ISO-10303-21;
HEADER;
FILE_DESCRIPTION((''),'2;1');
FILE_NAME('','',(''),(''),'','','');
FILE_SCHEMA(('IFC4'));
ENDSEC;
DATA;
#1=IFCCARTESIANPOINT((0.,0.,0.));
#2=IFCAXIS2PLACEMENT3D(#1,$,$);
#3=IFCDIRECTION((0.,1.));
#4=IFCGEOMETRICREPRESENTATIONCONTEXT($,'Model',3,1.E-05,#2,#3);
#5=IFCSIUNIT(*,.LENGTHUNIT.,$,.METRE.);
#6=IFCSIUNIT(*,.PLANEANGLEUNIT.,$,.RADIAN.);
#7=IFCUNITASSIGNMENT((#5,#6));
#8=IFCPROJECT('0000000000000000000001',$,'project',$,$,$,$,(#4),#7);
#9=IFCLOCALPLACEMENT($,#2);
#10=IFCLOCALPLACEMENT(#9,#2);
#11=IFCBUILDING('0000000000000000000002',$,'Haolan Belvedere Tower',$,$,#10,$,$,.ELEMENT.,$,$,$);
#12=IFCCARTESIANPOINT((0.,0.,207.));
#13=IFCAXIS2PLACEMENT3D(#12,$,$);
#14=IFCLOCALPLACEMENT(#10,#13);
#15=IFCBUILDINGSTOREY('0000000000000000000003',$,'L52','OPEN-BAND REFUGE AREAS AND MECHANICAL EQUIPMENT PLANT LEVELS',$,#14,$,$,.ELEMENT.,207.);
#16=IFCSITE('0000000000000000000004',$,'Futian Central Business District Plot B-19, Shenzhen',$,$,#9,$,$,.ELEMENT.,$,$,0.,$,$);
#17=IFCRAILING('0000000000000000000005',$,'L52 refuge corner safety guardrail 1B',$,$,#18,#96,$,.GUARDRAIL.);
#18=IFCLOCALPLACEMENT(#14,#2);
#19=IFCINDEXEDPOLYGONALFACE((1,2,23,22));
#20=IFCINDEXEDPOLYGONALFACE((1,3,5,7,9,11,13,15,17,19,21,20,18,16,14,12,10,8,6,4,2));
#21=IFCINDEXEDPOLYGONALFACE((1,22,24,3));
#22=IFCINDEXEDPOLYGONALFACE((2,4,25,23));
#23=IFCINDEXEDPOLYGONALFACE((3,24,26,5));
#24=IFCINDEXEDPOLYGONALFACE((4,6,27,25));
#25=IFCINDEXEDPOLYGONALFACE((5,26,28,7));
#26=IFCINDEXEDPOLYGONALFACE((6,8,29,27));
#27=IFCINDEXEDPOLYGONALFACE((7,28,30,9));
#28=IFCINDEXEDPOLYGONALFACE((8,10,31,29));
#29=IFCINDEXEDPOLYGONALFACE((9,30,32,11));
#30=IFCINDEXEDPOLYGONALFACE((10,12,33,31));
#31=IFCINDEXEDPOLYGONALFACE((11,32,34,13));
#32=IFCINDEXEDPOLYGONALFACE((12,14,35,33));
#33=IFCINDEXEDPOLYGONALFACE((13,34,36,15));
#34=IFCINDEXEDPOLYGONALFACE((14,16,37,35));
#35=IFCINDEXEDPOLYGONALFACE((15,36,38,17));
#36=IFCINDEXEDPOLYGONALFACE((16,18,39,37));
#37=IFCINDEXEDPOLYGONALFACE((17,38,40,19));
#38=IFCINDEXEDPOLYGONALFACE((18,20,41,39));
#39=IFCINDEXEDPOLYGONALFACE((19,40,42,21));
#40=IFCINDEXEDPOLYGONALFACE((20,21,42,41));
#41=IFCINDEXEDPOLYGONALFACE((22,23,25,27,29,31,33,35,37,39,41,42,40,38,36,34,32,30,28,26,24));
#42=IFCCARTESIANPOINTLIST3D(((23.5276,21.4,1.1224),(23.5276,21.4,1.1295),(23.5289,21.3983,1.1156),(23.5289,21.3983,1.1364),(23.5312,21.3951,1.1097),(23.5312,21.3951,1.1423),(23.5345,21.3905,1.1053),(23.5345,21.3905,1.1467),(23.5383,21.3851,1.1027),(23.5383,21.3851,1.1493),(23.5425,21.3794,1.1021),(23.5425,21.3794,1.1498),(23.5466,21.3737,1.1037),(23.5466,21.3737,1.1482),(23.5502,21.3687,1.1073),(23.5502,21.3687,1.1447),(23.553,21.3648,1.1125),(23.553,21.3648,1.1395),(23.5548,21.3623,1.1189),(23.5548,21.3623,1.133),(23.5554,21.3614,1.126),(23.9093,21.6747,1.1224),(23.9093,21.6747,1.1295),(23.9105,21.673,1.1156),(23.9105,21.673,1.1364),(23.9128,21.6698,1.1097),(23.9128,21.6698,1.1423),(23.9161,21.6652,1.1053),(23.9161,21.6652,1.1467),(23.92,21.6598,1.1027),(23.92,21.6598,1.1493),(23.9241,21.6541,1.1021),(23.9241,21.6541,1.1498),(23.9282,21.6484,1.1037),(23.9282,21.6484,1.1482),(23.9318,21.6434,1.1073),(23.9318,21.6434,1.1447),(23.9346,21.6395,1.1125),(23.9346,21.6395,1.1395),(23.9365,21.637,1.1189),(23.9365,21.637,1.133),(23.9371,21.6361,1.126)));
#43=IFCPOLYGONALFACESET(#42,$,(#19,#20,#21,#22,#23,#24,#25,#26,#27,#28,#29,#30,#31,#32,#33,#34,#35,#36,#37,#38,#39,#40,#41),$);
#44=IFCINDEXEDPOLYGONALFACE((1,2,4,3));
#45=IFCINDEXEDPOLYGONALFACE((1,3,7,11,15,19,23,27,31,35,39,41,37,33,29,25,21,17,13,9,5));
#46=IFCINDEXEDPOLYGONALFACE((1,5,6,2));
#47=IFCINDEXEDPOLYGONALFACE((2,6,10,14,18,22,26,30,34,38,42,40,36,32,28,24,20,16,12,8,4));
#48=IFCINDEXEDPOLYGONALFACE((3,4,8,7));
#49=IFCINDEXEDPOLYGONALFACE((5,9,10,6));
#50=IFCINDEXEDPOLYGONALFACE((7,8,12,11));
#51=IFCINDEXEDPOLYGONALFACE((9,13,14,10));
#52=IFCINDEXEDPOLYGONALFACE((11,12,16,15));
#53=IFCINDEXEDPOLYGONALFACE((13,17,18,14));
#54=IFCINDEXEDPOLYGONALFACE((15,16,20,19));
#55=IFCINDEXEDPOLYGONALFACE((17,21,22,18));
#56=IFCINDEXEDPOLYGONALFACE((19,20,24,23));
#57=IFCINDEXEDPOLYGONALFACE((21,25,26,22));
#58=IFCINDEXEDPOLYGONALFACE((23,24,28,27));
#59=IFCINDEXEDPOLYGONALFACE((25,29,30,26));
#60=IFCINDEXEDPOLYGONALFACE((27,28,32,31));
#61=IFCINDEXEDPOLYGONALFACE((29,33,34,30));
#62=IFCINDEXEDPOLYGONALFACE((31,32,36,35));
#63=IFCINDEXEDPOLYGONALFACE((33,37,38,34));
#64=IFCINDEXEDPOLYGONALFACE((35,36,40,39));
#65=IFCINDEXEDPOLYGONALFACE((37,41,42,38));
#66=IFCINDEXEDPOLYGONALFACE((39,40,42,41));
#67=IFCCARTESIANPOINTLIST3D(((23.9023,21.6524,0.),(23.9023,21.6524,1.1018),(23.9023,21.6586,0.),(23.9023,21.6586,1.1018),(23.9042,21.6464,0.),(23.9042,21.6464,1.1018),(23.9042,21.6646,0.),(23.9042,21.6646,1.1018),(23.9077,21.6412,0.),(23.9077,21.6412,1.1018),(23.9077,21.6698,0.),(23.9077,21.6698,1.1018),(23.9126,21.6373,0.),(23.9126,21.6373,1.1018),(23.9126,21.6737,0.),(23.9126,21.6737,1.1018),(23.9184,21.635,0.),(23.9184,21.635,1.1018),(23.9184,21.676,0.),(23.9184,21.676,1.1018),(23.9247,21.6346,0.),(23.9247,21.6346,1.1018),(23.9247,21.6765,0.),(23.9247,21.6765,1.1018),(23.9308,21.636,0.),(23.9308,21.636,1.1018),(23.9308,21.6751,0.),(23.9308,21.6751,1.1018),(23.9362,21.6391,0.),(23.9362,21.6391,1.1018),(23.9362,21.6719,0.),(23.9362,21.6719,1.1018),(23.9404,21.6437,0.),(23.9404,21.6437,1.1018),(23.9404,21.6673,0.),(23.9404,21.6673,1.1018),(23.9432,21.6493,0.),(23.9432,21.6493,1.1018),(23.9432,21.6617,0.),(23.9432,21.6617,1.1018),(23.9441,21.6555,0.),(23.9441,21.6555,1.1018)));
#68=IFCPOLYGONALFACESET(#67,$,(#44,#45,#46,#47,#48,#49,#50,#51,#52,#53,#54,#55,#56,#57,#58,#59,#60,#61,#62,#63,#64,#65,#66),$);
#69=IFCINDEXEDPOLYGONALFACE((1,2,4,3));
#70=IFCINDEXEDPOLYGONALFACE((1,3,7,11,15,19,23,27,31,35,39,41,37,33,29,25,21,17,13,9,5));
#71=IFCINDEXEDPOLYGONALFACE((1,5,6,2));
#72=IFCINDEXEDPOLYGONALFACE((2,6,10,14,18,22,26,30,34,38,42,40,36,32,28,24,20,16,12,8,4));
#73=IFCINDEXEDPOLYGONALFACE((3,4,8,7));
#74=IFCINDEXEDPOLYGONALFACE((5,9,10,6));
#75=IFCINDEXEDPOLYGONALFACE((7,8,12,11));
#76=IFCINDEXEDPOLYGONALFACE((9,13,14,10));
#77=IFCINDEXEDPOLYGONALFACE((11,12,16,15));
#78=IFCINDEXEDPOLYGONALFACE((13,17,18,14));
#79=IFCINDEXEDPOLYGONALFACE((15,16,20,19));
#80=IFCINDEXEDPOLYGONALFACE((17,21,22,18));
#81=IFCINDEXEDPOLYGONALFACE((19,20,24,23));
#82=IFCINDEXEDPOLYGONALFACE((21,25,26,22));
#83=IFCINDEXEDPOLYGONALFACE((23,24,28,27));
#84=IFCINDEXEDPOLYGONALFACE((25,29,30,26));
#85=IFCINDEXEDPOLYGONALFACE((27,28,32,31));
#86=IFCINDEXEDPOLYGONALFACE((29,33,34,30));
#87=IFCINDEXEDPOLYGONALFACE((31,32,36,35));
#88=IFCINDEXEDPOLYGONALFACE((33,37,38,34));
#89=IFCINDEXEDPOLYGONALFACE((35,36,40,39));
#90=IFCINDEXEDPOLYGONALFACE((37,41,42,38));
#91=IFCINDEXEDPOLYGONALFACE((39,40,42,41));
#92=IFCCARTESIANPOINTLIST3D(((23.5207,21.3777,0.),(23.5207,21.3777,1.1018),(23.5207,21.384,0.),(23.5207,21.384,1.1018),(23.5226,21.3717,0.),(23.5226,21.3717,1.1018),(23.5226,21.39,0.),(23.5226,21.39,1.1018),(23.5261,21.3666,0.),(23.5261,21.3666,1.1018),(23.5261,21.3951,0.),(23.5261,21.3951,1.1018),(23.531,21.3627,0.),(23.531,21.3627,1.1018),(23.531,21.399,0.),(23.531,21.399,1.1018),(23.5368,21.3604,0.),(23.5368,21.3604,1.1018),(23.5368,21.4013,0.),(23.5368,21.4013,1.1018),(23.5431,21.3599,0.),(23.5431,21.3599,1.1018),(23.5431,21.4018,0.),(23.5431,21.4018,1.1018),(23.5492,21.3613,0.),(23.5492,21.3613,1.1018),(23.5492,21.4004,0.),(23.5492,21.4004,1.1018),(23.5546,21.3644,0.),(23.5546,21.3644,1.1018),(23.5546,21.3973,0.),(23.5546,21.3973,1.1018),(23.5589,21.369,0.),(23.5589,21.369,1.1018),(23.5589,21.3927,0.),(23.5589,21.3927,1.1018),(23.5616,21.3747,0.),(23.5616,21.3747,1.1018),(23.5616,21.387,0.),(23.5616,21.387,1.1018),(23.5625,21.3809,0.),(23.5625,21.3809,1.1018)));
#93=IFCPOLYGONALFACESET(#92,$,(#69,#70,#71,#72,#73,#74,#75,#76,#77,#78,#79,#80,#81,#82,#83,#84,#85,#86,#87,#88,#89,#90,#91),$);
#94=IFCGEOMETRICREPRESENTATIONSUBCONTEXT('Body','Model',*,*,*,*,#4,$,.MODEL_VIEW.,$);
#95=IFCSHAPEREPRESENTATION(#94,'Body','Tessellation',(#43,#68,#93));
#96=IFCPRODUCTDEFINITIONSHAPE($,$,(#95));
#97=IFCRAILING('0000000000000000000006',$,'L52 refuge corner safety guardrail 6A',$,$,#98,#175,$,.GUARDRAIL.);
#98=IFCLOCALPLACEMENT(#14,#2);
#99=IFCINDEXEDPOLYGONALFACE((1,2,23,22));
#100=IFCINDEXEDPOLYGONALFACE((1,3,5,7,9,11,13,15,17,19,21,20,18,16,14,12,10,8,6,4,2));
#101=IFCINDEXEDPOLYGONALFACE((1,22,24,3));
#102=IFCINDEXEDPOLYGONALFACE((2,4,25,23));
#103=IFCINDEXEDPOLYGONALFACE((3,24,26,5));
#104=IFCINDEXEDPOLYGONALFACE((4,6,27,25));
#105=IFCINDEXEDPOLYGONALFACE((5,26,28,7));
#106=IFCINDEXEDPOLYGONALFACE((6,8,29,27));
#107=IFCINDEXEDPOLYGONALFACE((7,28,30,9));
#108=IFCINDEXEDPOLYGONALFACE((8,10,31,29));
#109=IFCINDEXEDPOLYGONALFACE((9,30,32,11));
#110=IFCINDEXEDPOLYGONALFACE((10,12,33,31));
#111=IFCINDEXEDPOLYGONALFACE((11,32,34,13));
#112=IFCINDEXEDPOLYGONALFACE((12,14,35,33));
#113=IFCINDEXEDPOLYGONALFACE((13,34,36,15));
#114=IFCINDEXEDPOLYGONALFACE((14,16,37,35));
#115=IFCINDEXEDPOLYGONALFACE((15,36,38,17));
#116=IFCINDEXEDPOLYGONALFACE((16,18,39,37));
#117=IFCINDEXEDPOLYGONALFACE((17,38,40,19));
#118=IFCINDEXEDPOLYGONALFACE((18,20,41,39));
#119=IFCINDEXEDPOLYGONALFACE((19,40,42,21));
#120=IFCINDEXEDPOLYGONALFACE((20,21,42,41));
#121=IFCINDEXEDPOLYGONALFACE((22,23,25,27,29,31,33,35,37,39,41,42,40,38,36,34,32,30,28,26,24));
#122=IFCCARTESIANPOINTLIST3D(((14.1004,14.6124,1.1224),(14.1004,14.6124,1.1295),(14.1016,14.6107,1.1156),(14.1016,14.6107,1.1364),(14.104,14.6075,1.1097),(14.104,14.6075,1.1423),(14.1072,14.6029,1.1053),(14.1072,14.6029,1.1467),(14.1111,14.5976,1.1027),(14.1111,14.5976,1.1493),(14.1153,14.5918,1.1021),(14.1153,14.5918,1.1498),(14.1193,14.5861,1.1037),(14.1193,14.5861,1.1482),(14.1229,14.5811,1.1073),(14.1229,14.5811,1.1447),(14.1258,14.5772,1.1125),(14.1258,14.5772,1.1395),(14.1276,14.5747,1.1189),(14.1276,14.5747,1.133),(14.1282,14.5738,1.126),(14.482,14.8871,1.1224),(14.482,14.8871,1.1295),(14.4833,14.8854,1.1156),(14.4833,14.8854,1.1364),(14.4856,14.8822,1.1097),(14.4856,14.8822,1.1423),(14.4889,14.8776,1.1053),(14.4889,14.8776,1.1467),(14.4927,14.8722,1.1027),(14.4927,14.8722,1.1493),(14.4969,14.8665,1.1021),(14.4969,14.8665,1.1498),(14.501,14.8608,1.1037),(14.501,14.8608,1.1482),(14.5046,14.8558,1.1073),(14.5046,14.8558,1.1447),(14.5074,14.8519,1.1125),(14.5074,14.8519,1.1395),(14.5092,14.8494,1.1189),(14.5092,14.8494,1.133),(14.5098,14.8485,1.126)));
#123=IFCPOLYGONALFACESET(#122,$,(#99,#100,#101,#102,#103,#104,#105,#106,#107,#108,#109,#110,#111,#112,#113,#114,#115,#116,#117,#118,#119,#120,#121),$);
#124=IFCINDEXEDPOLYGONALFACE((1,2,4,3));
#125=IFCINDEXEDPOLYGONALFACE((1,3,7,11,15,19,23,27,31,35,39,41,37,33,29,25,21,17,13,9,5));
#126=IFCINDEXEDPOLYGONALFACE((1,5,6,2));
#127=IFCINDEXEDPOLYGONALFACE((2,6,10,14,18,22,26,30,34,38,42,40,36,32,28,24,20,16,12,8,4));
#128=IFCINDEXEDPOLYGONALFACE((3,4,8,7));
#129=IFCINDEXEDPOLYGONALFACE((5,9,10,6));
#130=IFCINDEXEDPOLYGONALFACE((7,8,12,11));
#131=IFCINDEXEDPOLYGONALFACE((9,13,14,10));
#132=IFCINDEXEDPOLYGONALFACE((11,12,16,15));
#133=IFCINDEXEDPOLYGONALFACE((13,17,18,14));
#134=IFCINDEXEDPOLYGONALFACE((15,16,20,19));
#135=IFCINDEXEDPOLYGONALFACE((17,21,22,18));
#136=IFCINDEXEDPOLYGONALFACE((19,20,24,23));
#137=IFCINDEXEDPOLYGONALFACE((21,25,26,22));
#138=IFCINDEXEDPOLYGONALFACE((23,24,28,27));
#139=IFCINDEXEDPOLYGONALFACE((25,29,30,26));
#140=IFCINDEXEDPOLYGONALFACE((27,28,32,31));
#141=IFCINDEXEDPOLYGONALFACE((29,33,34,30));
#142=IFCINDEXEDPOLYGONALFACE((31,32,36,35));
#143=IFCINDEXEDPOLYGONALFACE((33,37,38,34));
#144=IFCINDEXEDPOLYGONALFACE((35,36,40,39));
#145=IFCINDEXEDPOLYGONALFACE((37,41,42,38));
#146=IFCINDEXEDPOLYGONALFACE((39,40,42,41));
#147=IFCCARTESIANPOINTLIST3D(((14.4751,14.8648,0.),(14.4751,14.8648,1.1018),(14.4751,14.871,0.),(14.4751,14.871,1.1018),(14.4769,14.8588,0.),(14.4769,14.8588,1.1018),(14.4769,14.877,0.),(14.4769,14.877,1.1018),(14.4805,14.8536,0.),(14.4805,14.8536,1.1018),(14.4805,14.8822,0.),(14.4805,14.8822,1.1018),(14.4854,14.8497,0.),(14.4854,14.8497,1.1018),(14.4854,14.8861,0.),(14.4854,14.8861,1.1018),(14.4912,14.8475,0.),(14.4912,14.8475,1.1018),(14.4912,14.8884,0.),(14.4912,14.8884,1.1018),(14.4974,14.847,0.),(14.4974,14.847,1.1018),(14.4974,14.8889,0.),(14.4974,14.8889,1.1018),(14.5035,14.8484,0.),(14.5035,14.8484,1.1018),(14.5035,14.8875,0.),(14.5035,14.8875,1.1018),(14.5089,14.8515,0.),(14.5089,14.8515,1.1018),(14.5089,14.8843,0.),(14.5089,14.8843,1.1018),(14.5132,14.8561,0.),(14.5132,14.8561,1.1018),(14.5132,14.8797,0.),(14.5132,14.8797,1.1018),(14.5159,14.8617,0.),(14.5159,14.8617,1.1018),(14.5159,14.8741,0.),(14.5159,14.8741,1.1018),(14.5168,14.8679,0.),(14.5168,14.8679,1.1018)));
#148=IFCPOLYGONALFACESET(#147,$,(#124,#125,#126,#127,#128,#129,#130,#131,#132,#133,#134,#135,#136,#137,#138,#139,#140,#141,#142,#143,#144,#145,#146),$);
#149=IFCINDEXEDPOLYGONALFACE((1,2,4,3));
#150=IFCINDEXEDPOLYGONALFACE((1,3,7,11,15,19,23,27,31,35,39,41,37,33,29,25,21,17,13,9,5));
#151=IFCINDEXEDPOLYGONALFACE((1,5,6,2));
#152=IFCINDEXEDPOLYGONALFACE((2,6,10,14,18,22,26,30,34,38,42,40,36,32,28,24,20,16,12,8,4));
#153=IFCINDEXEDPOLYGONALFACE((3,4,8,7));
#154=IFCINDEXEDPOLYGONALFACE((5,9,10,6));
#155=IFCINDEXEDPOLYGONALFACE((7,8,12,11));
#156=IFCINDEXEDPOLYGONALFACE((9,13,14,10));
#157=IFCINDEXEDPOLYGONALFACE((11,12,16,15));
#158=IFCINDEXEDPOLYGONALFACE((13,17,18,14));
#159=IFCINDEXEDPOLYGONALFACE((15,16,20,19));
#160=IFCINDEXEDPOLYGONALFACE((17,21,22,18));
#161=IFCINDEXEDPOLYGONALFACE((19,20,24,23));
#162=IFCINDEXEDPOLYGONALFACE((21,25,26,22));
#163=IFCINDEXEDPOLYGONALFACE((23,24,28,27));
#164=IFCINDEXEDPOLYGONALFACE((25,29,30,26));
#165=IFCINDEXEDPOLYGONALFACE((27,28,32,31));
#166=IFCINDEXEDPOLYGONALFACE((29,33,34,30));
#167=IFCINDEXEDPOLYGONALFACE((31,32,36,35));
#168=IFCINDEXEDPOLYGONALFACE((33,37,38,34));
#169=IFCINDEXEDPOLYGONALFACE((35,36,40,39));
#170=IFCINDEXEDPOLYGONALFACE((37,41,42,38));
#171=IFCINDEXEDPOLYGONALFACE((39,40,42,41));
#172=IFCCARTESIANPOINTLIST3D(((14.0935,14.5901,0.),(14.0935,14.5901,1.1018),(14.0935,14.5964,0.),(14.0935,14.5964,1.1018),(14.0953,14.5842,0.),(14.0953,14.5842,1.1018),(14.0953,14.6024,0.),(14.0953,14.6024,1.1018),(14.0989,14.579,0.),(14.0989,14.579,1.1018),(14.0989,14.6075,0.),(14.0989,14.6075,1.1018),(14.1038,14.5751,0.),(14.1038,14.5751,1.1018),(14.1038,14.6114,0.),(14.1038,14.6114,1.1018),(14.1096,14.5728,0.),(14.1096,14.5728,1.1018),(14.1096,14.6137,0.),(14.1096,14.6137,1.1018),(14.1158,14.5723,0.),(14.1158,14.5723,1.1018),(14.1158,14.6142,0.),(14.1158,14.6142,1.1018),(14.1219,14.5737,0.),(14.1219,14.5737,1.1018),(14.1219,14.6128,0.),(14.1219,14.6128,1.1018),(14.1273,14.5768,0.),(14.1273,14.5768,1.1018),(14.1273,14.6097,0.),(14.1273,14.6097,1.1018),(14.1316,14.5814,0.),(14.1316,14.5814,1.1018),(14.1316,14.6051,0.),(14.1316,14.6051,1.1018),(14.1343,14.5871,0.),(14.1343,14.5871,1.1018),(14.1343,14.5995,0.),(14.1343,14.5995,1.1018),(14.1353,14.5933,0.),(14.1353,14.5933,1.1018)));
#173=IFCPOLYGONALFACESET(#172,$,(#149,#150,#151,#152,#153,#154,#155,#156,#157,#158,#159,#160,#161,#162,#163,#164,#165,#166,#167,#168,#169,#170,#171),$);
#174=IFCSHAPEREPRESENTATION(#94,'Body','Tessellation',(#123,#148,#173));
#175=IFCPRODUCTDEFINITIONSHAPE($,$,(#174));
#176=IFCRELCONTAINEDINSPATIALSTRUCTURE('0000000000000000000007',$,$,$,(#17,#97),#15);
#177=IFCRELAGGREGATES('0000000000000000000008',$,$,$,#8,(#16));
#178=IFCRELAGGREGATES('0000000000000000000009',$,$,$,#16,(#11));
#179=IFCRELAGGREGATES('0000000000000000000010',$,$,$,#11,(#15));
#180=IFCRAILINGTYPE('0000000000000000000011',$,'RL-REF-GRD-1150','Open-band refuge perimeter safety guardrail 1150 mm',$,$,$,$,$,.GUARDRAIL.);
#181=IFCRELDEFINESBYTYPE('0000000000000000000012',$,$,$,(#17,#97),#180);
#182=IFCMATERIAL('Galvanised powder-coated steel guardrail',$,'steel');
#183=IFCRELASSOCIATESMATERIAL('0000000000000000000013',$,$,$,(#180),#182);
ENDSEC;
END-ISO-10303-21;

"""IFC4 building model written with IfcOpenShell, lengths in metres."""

from ifc_helpers import new_model, si_unit, direction, frame, origin, origin_2d, place, context, subcontext, project, spatial, circle, extrude, material, type_object, element, save


model = new_model("IFC4")

# Units and contexts
model_context = context("Model", 3, precision=1e-05, world=origin(), true_north=direction((0.0, 1.0)))
body_context = subcontext(model_context, "Body", "Model", "MODEL_VIEW")
ifc_project = project(units=[si_unit("LENGTHUNIT", "METRE"), si_unit("PLANEANGLEUNIT", "RADIAN")], contexts=[model_context])

# Site, building, storey
site_placement = place(None, origin())
site = spatial("IfcSite", under=ifc_project, at=site_placement, Name="Futian Central Business District Plot B-19, Shenzhen", CompositionType="ELEMENT", RefElevation=0.0)
building_placement = place(site_placement, origin())
building = spatial("IfcBuilding", under=site, at=building_placement, Name="Haolan Belvedere Tower", CompositionType="ELEMENT")
storey_placement = place(building_placement, frame((0.0, 0.0, 207.0)))
storey = spatial("IfcBuildingStorey", under=building, at=storey_placement, Name="L52", Description="OPEN-BAND REFUGE AREAS AND MECHANICAL EQUIPMENT PLANT LEVELS", CompositionType="ELEMENT", Elevation=207.0)

# Railings
ifc_material_1 = material(Name="Galvanised powder-coated steel guardrail", Category="steel")
railing_type = type_object("IfcRailingType", Name="RL-REF-GRD-1150", Description="Open-band refuge perimeter safety guardrail 1150 mm", PredefinedType="GUARDRAIL", material=ifc_material_1)
for number, where, name in (
    (1, (23.9231, 21.6555, 0.0), "L52 refuge corner safety guardrail 1B"),
    (2, (14.4958, 14.8679, 0.0), "L52 refuge corner safety guardrail 6A"),
):
    element("IfcRailing", number, at=place(storey_placement, frame(where)), inside=storey, type_object=railing_type, Name=name, PredefinedType="GUARDRAIL", context=body_context, shape_type="SweptSolid", body=[
        extrude(circle(Radius=0.0239, at=origin_2d()), frame((0.0, 0.0, 1.126), z_axis=(-0.811623, -0.584182, 0.0), x_axis=(0.584182, -0.811623, 0.0)), (0.0, 0.0, 1.0), 0.4702),
        extrude(circle(Radius=0.021, at=origin_2d()), origin(), (0.0, 0.0, 1.0), 1.1018),
        extrude(circle(Radius=0.021, at=origin_2d()), frame((-0.3816, -0.2747, 0.0)), (0.0, 0.0, 1.0), 1.1018),
    ])

save(model, "model.ifc")
